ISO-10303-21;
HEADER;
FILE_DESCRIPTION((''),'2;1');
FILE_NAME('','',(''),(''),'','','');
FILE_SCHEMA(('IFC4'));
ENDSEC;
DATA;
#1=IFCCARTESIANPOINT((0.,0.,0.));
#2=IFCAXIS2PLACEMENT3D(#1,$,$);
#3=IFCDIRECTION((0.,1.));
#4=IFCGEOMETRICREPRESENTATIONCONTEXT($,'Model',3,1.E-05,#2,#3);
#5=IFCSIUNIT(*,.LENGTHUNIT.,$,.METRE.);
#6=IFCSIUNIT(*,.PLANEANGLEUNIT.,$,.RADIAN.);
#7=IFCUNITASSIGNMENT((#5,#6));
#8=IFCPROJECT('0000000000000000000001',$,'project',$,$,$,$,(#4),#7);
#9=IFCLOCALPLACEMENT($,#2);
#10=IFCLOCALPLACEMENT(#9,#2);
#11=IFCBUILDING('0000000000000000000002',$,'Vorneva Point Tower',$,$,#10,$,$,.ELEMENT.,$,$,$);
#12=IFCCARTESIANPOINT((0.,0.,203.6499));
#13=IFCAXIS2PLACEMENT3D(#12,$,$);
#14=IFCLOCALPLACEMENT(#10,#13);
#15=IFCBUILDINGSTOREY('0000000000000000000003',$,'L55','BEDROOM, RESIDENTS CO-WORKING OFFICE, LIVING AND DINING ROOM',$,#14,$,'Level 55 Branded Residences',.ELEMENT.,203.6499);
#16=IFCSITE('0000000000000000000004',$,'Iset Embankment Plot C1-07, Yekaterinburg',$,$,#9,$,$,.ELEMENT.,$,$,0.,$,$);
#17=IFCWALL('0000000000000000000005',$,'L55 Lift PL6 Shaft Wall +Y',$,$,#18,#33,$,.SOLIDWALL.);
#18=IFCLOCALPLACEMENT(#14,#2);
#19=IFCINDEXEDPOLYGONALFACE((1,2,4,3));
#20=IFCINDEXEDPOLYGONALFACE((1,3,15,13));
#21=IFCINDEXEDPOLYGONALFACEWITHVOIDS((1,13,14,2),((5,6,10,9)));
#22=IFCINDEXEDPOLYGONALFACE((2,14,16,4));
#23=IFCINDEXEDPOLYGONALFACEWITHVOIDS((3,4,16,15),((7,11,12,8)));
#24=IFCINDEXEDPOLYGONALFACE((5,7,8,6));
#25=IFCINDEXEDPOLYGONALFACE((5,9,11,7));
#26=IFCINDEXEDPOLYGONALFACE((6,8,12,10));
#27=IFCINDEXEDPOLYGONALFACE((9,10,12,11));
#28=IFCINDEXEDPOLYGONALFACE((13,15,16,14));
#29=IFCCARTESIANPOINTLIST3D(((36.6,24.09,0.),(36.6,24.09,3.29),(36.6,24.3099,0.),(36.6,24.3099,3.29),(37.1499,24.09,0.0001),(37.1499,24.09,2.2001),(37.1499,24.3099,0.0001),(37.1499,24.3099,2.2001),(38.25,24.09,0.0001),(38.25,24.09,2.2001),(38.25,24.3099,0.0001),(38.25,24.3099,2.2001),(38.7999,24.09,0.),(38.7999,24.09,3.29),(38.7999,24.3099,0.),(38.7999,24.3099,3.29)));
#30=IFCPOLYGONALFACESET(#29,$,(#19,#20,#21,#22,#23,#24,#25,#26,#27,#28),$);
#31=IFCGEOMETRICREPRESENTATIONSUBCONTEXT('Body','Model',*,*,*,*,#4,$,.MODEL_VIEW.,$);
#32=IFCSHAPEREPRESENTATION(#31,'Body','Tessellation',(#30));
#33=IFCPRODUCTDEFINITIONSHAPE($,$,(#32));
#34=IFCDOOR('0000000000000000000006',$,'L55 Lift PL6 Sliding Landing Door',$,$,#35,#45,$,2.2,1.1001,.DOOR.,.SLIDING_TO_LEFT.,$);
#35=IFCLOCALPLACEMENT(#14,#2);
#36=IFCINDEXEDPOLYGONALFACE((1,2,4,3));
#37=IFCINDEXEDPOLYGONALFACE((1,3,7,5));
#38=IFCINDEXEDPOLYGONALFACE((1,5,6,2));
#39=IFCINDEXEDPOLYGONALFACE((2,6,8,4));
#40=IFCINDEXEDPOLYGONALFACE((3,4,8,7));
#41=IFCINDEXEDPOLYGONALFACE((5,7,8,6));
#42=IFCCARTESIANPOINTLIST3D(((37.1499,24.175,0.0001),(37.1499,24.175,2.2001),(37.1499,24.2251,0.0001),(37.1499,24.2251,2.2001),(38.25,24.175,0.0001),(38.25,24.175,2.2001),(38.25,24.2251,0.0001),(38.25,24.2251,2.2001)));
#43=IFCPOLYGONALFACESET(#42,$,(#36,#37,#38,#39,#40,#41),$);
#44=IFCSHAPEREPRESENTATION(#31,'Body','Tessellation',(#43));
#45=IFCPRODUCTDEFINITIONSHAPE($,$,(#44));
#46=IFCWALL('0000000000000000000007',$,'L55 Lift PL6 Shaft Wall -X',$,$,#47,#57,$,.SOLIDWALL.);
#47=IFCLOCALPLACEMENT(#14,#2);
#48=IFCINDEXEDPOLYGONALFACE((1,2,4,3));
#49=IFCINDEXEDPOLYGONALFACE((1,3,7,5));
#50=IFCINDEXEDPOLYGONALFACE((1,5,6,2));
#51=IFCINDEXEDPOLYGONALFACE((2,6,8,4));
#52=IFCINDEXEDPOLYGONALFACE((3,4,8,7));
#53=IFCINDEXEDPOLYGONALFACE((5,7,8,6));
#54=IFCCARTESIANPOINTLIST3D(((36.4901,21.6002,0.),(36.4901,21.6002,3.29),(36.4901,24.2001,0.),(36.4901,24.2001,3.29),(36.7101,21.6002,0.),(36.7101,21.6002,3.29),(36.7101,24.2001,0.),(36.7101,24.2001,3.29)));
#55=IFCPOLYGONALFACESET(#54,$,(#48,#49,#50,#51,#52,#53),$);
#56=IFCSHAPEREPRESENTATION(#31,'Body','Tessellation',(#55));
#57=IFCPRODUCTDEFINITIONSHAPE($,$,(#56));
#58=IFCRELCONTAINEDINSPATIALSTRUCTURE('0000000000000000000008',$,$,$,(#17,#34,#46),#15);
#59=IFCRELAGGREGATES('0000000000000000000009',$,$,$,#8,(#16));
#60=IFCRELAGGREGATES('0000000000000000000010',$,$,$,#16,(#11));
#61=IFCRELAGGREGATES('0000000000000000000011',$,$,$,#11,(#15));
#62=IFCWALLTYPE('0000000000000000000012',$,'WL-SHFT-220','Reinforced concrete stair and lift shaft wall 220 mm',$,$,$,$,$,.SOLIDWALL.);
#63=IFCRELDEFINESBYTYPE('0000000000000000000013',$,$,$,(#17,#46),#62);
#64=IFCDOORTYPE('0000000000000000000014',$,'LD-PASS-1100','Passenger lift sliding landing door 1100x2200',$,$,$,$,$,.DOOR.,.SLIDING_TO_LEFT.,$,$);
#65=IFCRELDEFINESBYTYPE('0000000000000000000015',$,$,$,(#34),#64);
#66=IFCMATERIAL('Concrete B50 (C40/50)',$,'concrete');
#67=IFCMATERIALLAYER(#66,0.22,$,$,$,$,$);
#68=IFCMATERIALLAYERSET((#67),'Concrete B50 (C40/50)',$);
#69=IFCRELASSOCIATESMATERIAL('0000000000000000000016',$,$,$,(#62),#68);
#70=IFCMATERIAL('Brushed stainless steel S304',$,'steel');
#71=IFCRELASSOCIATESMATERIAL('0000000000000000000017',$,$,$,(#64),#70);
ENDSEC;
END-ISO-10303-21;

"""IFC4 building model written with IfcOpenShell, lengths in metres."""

from ifc_helpers import new_model, si_unit, direction, frame, frame_2d, origin, place, context, subcontext, project, spatial, rectangle, extrude, material, layer, layer_set, type_object, element, fill, save


model = new_model("IFC4")

# Units and contexts
model_context = context("Model", 3, precision=1e-05, world=origin(), true_north=direction((0.0, 1.0)))
body_context = subcontext(model_context, "Body", "Model", "MODEL_VIEW")
ifc_project = project(units=[si_unit("LENGTHUNIT", "METRE"), si_unit("PLANEANGLEUNIT", "RADIAN")], contexts=[model_context])

# Site, building, storey
site_placement = place(None, origin())
site = spatial("IfcSite", under=ifc_project, at=site_placement, Name="Iset Embankment Plot C1-07, Yekaterinburg", CompositionType="ELEMENT", RefElevation=0.0)
building_placement = place(site_placement, origin())
building = spatial("IfcBuilding", under=site, at=building_placement, Name="Vorneva Point Tower", CompositionType="ELEMENT")
storey_placement = place(building_placement, frame((0.0, 0.0, 203.6499)))
storey = spatial("IfcBuildingStorey", under=building, at=storey_placement, Name="L55", Description="BEDROOM, RESIDENTS CO-WORKING OFFICE, LIVING AND DINING ROOM", LongName="Level 55 Branded Residences", CompositionType="ELEMENT", Elevation=203.6499)

# Shared definitions
ifc_material_1 = material(Name="Concrete B50 (C40/50)", Category="concrete")
ifc_layer_1 = layer(ifc_material_1, 0.22)
ifc_layer_set_1 = layer_set([ifc_layer_1], Name="Concrete B50 (C40/50)")
wall_type_1 = type_object("IfcWallType", Name="WL-SHFT-220", Description="Reinforced concrete stair and lift shaft wall 220 mm", PredefinedType="SOLIDWALL", material=ifc_layer_set_1)

# Shared definitions
ifc_material_2 = material(Name="Brushed stainless steel S304", Category="steel")
door_type_1 = type_object("IfcDoorType", Name="LD-PASS-1100", Description="Passenger lift sliding landing door 1100x2200", OperationType="SLIDING_TO_LEFT", PredefinedType="DOOR", material=ifc_material_2)

# Wall, opening, door
wall_1_placement = place(storey_placement, frame((38.8, 24.2, 0.0), z_axis=(0.0, 0.0, 1.0), x_axis=(-1.0, 0.0, 0.0)))
wall_1 = element("IfcWall", 1, at=wall_1_placement, inside=storey, type_object=wall_type_1, Name="L55 Lift PL6 Shaft Wall +Y", PredefinedType="SOLIDWALL", context=body_context, shape_type="SweptSolid", body=[
    extrude(rectangle(XDim=2.2, YDim=0.22, at=frame_2d((1.1001, 0.0))), origin(), (0.0, 0.0, 1.0), 3.29),
])
opening_1_placement = place(wall_1_placement, frame((0.55, 0.0, 0.0)))
opening_1 = element("IfcOpeningElement", 2, at=opening_1_placement, cuts=wall_1, PredefinedType="OPENING", context=body_context, shape_type="SweptSolid", body=[
    extrude(rectangle(XDim=1.1001, YDim=2.2, at=frame_2d((0.55, 1.1001))), frame((0.0, 0.125, 0.0), z_axis=(0.0, -1.0, 0.0), x_axis=(1.0, 0.0, 0.0)), (0.0, 0.0, 1.0), 0.2498),
])
door_1_placement = place(opening_1_placement, origin())
door_1 = element("IfcDoor", 3, at=door_1_placement, inside=storey, type_object=door_type_1, Name="L55 Lift PL6 Sliding Landing Door", OperationType="SLIDING_TO_LEFT", OverallHeight=2.2, OverallWidth=1.1001, PredefinedType="DOOR", context=body_context, shape_type="SweptSolid", body=[
    extrude(rectangle(XDim=1.1001, YDim=2.2, at=frame_2d((0.55, 1.1001))), frame((0.0, 0.0249, 0.0), z_axis=(0.0, -1.0, 0.0), x_axis=(1.0, 0.0, 0.0)), (0.0, 0.0, 1.0), 0.05),
])
fill(opening_1, door_1)

# Wall
wall_2_placement = place(storey_placement, frame((36.6001, 24.2, 0.0), z_axis=(0.0, 0.0, 1.0), x_axis=(0.0, -1.0, 0.0)))
element("IfcWall", 4, at=wall_2_placement, inside=storey, type_object=wall_type_1, Name="L55 Lift PL6 Shaft Wall -X", PredefinedType="SOLIDWALL", context=body_context, shape_type="SweptSolid", body=[
    extrude(rectangle(XDim=2.5999, YDim=0.22, at=frame_2d((1.2998, 0.0))), origin(), (0.0, 0.0, 1.0), 3.29),
])

save(model, "model.ifc")
